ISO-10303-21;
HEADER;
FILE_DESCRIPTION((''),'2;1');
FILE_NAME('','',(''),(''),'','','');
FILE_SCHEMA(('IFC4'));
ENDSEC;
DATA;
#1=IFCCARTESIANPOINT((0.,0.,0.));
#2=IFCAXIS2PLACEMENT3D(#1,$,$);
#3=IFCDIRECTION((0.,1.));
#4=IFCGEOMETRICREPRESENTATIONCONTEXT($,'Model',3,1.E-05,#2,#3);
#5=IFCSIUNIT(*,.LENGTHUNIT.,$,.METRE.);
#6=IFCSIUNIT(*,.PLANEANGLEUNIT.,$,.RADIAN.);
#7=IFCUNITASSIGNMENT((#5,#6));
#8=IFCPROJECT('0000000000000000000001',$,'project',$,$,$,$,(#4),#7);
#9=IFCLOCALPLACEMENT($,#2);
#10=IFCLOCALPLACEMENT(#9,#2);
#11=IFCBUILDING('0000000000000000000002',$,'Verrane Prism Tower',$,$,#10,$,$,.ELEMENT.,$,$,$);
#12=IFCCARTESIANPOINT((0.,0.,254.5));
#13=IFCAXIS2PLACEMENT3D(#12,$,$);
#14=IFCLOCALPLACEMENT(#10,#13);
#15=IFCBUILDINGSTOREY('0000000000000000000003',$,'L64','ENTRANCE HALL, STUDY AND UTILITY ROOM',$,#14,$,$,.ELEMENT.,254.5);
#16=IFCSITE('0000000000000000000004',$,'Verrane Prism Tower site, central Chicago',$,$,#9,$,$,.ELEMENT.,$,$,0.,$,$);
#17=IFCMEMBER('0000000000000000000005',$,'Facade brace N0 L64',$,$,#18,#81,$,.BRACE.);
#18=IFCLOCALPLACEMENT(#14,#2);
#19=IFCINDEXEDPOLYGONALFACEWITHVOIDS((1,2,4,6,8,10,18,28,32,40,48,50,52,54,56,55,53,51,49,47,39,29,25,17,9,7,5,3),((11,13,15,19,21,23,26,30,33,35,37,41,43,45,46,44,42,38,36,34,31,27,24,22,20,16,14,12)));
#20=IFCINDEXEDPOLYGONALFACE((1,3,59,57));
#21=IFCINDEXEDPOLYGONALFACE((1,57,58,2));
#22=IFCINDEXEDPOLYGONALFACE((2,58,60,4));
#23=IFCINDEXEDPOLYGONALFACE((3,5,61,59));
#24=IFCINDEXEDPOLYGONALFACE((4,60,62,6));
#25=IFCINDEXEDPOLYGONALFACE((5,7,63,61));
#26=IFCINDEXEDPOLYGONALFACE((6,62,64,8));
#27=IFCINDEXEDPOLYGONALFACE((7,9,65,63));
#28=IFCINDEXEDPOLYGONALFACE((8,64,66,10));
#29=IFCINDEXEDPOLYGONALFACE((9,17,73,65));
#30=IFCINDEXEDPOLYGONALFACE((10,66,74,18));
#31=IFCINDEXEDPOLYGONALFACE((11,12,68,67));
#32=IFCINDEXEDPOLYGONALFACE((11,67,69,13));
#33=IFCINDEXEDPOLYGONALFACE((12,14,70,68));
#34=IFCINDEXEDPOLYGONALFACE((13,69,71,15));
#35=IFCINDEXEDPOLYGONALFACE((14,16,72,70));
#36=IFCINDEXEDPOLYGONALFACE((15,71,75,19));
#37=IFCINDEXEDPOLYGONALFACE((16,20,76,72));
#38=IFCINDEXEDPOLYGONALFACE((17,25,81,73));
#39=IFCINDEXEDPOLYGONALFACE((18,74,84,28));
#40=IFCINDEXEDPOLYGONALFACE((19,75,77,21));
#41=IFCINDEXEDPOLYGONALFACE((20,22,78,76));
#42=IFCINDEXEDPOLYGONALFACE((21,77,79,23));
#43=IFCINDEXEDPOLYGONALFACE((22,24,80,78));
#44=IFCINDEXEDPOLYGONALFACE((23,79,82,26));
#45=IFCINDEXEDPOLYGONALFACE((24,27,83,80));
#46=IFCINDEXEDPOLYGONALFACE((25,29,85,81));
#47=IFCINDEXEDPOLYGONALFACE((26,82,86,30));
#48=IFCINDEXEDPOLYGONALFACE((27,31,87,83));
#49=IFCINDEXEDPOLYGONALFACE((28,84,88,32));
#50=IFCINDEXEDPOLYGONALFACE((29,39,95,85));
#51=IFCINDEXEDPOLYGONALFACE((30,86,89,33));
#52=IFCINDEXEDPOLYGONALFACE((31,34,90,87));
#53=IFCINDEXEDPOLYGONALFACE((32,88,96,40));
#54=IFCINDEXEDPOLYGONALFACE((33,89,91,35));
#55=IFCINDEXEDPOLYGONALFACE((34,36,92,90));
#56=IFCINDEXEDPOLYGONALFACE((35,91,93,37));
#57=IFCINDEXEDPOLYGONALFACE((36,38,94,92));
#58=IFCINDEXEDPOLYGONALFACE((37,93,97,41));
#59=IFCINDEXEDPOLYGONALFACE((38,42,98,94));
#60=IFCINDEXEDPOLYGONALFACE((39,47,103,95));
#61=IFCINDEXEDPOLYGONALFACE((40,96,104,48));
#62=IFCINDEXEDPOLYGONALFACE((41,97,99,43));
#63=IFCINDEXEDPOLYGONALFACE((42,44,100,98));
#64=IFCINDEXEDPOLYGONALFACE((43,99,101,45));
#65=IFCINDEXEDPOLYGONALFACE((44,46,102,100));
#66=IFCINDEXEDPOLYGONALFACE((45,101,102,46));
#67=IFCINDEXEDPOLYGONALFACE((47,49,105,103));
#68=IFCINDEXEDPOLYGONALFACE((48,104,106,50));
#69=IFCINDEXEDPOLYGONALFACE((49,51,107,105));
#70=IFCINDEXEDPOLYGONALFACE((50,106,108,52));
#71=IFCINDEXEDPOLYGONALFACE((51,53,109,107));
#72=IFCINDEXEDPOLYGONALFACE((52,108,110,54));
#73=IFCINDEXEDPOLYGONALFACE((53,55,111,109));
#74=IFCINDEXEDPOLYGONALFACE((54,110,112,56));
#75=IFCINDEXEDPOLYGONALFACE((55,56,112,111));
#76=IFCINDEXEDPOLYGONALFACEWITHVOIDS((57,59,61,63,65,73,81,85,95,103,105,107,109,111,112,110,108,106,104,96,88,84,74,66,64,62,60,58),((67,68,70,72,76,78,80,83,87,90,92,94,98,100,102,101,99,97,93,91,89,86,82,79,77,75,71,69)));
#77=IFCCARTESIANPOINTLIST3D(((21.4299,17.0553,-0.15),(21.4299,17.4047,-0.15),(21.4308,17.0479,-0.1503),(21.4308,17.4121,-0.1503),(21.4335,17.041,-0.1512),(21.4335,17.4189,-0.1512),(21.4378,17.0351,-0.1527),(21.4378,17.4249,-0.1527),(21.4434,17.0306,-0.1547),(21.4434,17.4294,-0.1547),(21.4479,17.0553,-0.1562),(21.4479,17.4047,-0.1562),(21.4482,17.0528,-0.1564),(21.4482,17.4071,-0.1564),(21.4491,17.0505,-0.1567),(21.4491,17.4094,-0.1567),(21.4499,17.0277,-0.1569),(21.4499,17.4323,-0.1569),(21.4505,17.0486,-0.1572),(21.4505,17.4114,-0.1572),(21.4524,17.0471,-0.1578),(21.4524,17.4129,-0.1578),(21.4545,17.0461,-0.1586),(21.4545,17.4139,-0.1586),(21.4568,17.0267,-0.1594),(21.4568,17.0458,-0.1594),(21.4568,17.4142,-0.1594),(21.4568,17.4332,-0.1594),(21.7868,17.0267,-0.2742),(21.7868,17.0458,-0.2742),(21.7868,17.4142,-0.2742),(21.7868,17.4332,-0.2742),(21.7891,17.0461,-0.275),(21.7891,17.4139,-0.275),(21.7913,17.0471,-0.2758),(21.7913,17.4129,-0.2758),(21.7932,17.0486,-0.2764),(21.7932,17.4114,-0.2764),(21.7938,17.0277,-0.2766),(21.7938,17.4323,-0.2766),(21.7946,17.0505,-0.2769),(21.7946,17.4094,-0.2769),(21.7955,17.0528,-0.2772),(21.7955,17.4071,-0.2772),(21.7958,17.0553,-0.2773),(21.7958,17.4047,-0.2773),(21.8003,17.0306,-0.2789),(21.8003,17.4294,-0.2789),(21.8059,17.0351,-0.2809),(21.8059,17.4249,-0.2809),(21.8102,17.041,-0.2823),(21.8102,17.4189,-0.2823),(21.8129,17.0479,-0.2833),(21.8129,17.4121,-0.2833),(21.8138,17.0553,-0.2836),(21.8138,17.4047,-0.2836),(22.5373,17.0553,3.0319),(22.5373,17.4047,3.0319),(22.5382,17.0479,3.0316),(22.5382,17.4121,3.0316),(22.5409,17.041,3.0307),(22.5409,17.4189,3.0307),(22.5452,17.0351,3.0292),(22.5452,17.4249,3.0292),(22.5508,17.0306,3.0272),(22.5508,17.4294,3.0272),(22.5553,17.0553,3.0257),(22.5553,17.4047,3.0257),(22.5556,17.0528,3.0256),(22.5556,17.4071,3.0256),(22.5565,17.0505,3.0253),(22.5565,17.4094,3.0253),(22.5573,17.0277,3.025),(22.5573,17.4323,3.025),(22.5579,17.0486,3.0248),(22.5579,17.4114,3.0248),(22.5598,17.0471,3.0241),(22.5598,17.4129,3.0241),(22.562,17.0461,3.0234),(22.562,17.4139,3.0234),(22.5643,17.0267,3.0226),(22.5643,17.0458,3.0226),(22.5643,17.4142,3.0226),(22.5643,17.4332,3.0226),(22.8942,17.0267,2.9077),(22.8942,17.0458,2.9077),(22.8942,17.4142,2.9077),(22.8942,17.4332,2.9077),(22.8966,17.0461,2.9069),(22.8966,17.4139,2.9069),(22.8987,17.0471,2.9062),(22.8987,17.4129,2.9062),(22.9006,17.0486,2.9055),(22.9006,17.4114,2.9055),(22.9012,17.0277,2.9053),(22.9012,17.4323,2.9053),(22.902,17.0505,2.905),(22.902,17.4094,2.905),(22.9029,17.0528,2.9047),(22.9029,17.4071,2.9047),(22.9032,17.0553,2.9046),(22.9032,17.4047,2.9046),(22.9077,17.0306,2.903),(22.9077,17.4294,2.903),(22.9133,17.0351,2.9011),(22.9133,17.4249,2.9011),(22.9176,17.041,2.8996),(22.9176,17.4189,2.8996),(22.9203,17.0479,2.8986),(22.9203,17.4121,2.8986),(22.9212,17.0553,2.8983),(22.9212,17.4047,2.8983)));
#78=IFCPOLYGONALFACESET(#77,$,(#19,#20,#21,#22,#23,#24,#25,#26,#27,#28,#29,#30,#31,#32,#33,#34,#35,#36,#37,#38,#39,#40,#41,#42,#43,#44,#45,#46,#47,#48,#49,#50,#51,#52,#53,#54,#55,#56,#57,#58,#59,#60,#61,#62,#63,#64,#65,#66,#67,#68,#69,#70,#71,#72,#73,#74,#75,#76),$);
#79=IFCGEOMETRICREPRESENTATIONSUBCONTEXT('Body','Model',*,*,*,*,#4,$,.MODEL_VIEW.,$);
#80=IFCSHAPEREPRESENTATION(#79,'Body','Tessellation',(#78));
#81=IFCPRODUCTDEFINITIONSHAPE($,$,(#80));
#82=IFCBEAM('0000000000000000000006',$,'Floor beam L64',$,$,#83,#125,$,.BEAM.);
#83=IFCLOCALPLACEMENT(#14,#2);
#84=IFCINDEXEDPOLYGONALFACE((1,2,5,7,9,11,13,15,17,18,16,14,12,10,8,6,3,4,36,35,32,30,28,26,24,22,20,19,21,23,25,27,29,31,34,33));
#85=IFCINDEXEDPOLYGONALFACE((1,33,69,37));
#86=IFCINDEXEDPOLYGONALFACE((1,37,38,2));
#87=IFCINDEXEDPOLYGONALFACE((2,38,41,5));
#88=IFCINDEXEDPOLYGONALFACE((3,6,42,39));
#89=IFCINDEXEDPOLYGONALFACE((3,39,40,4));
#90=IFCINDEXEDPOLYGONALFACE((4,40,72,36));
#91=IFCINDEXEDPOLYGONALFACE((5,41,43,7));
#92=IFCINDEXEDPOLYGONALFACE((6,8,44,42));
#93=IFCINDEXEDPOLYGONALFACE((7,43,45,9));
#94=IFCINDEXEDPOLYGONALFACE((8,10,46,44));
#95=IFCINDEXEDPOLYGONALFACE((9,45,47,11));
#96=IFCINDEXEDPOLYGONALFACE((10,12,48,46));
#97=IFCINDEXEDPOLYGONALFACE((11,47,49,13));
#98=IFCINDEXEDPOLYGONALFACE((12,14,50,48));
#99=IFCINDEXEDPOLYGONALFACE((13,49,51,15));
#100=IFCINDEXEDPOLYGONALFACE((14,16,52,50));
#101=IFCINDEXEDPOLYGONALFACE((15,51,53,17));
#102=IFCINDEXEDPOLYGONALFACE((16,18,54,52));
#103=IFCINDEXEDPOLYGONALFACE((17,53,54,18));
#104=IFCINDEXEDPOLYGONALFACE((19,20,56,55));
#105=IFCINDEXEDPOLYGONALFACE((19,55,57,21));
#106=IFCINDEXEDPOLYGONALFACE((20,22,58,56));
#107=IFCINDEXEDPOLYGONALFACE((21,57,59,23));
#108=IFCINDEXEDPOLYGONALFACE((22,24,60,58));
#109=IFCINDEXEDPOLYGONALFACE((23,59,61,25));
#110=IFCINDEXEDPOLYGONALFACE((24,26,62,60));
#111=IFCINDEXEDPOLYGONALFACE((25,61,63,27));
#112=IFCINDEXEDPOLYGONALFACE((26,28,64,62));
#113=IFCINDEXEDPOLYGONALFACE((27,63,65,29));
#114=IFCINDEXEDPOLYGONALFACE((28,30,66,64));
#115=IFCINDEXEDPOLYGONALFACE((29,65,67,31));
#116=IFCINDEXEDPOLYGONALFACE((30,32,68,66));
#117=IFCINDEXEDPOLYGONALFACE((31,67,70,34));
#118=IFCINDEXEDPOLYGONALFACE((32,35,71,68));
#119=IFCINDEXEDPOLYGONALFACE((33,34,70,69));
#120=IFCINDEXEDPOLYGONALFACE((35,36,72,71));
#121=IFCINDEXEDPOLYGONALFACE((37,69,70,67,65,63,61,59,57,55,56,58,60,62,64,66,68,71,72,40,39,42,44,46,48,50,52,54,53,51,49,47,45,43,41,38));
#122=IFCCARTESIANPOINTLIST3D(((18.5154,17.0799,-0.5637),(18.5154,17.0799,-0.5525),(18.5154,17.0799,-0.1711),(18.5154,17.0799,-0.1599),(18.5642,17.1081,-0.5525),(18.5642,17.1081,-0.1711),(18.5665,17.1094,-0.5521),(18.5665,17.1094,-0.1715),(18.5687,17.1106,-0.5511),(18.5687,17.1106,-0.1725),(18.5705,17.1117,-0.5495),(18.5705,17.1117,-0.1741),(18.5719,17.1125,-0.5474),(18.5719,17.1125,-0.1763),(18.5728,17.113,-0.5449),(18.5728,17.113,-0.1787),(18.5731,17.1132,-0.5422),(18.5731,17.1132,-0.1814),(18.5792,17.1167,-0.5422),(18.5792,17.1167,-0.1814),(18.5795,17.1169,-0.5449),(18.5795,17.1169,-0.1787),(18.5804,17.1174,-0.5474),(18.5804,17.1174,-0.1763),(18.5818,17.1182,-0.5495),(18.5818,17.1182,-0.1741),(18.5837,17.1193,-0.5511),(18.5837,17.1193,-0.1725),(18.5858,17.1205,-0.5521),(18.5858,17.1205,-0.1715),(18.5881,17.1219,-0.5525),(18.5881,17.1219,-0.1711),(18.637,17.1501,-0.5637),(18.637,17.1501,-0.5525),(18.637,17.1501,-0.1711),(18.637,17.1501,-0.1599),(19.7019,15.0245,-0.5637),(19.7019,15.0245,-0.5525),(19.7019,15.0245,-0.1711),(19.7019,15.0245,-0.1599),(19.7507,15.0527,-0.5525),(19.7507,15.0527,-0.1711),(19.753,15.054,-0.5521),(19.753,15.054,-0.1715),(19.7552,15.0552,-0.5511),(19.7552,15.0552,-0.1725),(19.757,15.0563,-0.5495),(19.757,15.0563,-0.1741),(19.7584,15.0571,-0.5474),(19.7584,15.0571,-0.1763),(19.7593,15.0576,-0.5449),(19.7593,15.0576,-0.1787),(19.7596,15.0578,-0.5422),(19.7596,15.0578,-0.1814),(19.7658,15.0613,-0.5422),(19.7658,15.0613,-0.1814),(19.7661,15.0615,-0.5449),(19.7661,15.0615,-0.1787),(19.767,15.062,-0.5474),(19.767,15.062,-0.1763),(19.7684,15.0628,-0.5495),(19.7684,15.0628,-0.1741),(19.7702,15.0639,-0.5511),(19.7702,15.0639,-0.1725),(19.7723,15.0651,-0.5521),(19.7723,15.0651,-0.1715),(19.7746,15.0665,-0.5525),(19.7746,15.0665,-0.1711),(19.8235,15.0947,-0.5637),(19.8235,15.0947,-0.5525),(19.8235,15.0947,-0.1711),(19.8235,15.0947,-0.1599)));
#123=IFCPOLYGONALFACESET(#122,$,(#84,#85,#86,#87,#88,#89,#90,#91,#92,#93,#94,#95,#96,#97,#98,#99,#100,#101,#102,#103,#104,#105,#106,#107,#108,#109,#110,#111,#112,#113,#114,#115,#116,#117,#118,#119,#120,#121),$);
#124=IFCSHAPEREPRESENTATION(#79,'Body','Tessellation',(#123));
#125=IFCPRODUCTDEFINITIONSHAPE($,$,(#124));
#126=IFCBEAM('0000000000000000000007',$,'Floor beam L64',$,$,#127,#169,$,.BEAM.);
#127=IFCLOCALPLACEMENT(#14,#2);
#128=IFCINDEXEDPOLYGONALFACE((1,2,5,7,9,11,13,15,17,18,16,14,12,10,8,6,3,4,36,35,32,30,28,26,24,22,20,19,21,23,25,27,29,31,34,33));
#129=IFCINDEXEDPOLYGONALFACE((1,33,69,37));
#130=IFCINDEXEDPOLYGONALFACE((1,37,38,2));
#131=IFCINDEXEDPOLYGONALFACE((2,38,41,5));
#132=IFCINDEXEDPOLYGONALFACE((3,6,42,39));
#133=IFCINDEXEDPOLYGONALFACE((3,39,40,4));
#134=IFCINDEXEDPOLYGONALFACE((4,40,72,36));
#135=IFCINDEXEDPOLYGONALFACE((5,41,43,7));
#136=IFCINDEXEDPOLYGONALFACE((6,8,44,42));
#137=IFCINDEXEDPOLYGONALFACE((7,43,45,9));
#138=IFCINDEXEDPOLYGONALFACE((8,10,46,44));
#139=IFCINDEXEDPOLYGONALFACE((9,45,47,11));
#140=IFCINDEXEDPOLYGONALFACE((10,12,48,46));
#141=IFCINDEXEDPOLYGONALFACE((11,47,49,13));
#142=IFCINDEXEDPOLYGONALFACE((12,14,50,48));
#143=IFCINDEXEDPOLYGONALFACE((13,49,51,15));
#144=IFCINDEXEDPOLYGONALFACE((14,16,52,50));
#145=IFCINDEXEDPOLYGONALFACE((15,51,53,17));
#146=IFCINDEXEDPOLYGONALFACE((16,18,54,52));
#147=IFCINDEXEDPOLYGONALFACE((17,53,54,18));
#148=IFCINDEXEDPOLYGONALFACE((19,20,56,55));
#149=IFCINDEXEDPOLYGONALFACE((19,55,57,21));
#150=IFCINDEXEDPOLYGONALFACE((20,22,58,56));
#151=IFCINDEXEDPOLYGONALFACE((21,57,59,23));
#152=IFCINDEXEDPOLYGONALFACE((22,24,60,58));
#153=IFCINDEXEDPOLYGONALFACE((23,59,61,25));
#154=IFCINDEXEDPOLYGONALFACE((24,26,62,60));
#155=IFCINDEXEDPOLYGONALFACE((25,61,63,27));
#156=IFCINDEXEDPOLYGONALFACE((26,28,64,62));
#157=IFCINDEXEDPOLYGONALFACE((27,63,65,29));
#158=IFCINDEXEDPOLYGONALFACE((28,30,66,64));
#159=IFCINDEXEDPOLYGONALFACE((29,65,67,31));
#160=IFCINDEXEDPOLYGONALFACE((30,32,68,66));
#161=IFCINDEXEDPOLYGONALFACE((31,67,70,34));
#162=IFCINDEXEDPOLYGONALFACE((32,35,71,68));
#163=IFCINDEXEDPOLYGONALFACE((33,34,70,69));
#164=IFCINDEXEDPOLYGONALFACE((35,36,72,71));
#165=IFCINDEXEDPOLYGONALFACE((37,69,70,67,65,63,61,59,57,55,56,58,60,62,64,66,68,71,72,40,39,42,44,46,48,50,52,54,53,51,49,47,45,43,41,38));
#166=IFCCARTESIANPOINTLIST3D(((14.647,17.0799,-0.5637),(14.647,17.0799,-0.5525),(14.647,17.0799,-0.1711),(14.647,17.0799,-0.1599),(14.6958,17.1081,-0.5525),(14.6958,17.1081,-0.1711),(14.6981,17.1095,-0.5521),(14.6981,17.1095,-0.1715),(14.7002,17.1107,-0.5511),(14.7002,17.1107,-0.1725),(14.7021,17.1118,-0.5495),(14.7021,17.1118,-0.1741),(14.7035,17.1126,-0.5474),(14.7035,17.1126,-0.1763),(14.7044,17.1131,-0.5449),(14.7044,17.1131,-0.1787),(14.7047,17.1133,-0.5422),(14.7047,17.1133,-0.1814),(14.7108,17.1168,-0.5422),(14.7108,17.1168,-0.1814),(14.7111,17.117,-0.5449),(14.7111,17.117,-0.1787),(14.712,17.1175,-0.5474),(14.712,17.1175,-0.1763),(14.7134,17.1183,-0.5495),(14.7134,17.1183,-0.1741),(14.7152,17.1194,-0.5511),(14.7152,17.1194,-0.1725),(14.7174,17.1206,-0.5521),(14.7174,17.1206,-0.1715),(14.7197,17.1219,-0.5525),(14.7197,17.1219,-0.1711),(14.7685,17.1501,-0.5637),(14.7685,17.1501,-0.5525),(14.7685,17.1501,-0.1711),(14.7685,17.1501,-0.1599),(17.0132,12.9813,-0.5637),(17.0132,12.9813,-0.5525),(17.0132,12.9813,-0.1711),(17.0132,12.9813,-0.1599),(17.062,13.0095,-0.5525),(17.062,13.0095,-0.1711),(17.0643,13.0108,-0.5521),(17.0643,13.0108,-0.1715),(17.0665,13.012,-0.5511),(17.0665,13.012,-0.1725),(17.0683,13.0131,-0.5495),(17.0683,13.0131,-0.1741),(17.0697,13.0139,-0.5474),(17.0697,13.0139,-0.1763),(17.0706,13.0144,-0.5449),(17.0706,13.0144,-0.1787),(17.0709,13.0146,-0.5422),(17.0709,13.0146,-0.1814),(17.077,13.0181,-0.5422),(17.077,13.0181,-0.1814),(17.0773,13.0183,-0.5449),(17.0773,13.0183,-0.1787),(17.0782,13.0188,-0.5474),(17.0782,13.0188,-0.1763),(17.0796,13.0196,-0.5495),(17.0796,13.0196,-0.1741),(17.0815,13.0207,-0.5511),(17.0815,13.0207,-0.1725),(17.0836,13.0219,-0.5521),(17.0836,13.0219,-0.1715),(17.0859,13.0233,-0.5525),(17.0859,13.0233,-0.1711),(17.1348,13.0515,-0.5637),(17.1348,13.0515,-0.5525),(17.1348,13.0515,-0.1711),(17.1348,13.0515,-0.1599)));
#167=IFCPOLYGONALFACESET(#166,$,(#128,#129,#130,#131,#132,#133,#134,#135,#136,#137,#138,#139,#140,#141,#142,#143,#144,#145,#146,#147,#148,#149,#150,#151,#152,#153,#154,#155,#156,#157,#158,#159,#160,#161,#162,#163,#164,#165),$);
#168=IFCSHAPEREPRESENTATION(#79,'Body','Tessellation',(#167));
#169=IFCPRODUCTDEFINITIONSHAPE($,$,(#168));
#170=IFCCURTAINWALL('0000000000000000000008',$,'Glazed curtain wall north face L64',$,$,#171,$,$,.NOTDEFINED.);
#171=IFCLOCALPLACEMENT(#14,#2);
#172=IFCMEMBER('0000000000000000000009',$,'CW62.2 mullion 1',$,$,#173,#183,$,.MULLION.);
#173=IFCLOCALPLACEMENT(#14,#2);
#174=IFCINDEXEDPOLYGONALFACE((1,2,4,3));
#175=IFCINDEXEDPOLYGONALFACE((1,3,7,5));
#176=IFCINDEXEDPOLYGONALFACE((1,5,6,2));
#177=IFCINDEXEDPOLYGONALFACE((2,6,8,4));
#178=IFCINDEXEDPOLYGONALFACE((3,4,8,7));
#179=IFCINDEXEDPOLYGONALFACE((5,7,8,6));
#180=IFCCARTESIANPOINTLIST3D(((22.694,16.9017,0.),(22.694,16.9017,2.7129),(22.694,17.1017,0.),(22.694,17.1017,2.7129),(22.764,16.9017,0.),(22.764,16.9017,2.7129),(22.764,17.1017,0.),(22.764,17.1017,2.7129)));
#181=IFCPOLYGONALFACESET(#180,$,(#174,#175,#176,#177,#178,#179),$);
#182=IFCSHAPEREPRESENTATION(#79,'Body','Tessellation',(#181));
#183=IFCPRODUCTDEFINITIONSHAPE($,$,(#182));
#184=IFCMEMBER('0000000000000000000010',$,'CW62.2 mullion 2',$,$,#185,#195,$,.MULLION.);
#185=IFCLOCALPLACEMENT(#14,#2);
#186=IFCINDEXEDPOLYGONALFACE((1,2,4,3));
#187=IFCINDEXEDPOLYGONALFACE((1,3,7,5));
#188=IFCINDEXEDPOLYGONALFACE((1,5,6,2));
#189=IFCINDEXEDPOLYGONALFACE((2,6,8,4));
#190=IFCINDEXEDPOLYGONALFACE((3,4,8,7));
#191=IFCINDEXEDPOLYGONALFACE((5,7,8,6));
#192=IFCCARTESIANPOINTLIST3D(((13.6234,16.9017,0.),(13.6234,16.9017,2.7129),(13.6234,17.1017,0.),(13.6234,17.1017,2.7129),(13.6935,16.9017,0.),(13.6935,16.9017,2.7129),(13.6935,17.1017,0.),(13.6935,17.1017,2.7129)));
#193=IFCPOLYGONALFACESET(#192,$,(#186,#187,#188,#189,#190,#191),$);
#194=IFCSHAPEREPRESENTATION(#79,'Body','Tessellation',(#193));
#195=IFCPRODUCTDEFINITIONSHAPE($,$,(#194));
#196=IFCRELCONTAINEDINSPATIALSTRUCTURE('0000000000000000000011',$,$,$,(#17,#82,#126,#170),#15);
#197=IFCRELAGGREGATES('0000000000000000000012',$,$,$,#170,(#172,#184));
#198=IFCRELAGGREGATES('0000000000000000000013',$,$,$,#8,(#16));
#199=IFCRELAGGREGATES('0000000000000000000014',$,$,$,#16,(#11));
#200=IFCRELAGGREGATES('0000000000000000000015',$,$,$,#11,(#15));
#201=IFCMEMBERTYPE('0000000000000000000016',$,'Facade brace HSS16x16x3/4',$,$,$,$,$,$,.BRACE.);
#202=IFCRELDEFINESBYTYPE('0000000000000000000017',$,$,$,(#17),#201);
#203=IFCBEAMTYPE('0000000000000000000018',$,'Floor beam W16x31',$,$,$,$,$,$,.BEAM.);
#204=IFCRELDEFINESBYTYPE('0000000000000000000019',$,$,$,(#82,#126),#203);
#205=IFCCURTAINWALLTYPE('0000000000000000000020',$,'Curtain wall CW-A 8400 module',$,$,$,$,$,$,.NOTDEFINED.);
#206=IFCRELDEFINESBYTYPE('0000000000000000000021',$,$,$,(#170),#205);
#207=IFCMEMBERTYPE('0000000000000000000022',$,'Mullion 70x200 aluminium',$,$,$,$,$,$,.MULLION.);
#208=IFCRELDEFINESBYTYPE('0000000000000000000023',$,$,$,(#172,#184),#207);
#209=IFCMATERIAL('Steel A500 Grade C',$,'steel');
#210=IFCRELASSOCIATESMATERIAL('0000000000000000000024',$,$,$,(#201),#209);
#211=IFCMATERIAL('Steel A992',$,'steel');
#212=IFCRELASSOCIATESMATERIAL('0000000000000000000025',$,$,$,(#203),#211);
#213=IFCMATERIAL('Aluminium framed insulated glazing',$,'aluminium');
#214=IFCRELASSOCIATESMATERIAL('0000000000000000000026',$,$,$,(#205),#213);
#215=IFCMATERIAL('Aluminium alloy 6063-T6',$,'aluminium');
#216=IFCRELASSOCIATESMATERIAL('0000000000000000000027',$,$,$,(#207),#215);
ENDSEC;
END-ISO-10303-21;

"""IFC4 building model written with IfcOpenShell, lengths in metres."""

from ifc_helpers import new_model, si_unit, direction, frame, origin, origin_2d, place, context, subcontext, project, spatial, rectangle, hollow_rectangle, i_section, extrude, material, material_profile, profile_set, type_object, element, aggregate, save


model = new_model("IFC4")

# Units and contexts
model_context = context("Model", 3, precision=1e-05, world=origin(), true_north=direction((0.0, 1.0)))
body_context = subcontext(model_context, "Body", "Model", "MODEL_VIEW")
ifc_project = project(units=[si_unit("LENGTHUNIT", "METRE"), si_unit("PLANEANGLEUNIT", "RADIAN")], contexts=[model_context])

# Site, building, storey
site_placement = place(None, origin())
site = spatial("IfcSite", under=ifc_project, at=site_placement, Name="Verrane Prism Tower site, central Chicago", CompositionType="ELEMENT", RefElevation=0.0)
building_placement = place(site_placement, origin())
building = spatial("IfcBuilding", under=site, at=building_placement, Name="Verrane Prism Tower", CompositionType="ELEMENT")
storey_placement = place(building_placement, frame((0.0, 0.0, 254.5)))
storey = spatial("IfcBuildingStorey", under=building, at=storey_placement, Name="L64", Description="ENTRANCE HALL, STUDY AND UTILITY ROOM", CompositionType="ELEMENT", Elevation=254.5)

# Member
ifc_material_1 = material(Name="Steel A500 Grade C", Category="steel")
ifc_material_profile_1 = material_profile(ifc_material_1, hollow_rectangle(XDim=0.4065, YDim=0.4065, WallThickness=0.019, InnerFilletRadius=0.0095, OuterFilletRadius=0.0286, at=origin_2d()), Name="HSS16x16x3/4")
ifc_profile_set_1 = profile_set([ifc_material_profile_1], Name="Steel A500 Grade C")
member_type_1 = type_object("IfcMemberType", Name="Facade brace HSS16x16x3/4", PredefinedType="BRACE", material=ifc_profile_set_1)
member_1_placement = place(storey_placement, frame((21.6218, 17.23, -0.2168), z_axis=(0.3287, 0.0, 0.944434), x_axis=(0.0, 1.0, 0.0)))
element("IfcMember", 1, at=member_1_placement, inside=storey, type_object=member_type_1, Name="Facade brace N0 L64", PredefinedType="BRACE", context=body_context, shape_type="SweptSolid", body=[
    extrude(hollow_rectangle(XDim=0.4065, YDim=0.4065, WallThickness=0.019, InnerFilletRadius=0.0095, OuterFilletRadius=0.0286, at=origin_2d()), origin(), (0.0, 0.0, 1.0), 3.3691),
])

# Beams
ifc_material_2 = material(Name="Steel A992", Category="steel")
ifc_material_profile_2 = material_profile(ifc_material_2, i_section(OverallWidth=0.1404, OverallDepth=0.4038, WebThickness=0.0071, FlangeThickness=0.0112, FilletRadius=0.0103, at=origin_2d()), Name="W16x31")
ifc_profile_set_2 = profile_set([ifc_material_profile_2], Name="Steel A992")
beam_type_1 = type_object("IfcBeamType", Name="Floor beam W16x31", PredefinedType="BEAM", material=ifc_profile_set_2)
beam_1_placement = place(storey_placement, frame((19.7627, 15.0596, -0.3618), z_axis=(-0.499945, 0.866057, 0.0), x_axis=(-0.866057, -0.499945, 0.0)))
element("IfcBeam", 2, at=beam_1_placement, inside=storey, type_object=beam_type_1, Name="Floor beam L64", PredefinedType="BEAM", context=body_context, shape_type="SweptSolid", body=[
    extrude(i_section(OverallWidth=0.1404, OverallDepth=0.4038, WebThickness=0.0071, FlangeThickness=0.0112, FilletRadius=0.0103, at=origin_2d()), origin(), (0.0, 0.0, 1.0), 2.3733),
])
beam_2_placement = place(storey_placement, frame((17.074, 13.0164, -0.3618), z_axis=(-0.499978, 0.866038, 0.0), x_axis=(-0.866038, -0.499978, 0.0)))
element("IfcBeam", 3, at=beam_2_placement, inside=storey, type_object=beam_type_1, Name="Floor beam L64", PredefinedType="BEAM", context=body_context, shape_type="SweptSolid", body=[
    extrude(i_section(OverallWidth=0.1404, OverallDepth=0.4038, WebThickness=0.0071, FlangeThickness=0.0112, FilletRadius=0.0103, at=origin_2d()), origin(), (0.0, 0.0, 1.0), 4.7327),
])

# Curtain wall, members
ifc_material_3 = material(Name="Aluminium framed insulated glazing", Category="aluminium")
curtain_wall_type = type_object("IfcCurtainWallType", Name="Curtain wall CW-A 8400 module", PredefinedType="NOTDEFINED", material=ifc_material_3)
curtain_wall_1_placement = place(storey_placement, origin())
curtain_wall_1 = element("IfcCurtainWall", 4, at=curtain_wall_1_placement, inside=storey, type_object=curtain_wall_type, Name="Glazed curtain wall north face L64", PredefinedType="NOTDEFINED")
ifc_material_4 = material(Name="Aluminium alloy 6063-T6", Category="aluminium")
ifc_material_profile_3 = material_profile(ifc_material_4, rectangle(XDim=0.2, YDim=0.0701, at=origin_2d()), Name="Mullion 70x200 aluminium")
ifc_profile_set_3 = profile_set([ifc_material_profile_3], Name="Aluminium alloy 6063-T6")
member_type_2 = type_object("IfcMemberType", Name="Mullion 70x200 aluminium", PredefinedType="MULLION", material=ifc_profile_set_3)
member_2_placement = place(storey_placement, frame((22.729, 17.0017, 0.0), z_axis=(0.0, 0.0, 1.0), x_axis=(0.0, -1.0, 0.0)))
member_2 = element("IfcMember", 5, at=member_2_placement, type_object=member_type_2, Name="CW62.2 mullion 1", PredefinedType="MULLION", context=body_context, shape_type="SweptSolid", body=[
    extrude(rectangle(XDim=0.2, YDim=0.0701, at=origin_2d()), origin(), (0.0, 0.0, 1.0), 2.7129),
])
member_3_placement = place(storey_placement, frame((13.6584, 17.0017, 0.0), z_axis=(0.0, 0.0, 1.0), x_axis=(0.0, -1.0, 0.0)))
member_3 = element("IfcMember", 6, at=member_3_placement, type_object=member_type_2, Name="CW62.2 mullion 2", PredefinedType="MULLION", context=body_context, shape_type="SweptSolid", body=[
    extrude(rectangle(XDim=0.2, YDim=0.0701, at=origin_2d()), origin(), (0.0, 0.0, 1.0), 2.7129),
])

aggregate(curtain_wall_1, [member_2, member_3])

save(model, "model.ifc")
